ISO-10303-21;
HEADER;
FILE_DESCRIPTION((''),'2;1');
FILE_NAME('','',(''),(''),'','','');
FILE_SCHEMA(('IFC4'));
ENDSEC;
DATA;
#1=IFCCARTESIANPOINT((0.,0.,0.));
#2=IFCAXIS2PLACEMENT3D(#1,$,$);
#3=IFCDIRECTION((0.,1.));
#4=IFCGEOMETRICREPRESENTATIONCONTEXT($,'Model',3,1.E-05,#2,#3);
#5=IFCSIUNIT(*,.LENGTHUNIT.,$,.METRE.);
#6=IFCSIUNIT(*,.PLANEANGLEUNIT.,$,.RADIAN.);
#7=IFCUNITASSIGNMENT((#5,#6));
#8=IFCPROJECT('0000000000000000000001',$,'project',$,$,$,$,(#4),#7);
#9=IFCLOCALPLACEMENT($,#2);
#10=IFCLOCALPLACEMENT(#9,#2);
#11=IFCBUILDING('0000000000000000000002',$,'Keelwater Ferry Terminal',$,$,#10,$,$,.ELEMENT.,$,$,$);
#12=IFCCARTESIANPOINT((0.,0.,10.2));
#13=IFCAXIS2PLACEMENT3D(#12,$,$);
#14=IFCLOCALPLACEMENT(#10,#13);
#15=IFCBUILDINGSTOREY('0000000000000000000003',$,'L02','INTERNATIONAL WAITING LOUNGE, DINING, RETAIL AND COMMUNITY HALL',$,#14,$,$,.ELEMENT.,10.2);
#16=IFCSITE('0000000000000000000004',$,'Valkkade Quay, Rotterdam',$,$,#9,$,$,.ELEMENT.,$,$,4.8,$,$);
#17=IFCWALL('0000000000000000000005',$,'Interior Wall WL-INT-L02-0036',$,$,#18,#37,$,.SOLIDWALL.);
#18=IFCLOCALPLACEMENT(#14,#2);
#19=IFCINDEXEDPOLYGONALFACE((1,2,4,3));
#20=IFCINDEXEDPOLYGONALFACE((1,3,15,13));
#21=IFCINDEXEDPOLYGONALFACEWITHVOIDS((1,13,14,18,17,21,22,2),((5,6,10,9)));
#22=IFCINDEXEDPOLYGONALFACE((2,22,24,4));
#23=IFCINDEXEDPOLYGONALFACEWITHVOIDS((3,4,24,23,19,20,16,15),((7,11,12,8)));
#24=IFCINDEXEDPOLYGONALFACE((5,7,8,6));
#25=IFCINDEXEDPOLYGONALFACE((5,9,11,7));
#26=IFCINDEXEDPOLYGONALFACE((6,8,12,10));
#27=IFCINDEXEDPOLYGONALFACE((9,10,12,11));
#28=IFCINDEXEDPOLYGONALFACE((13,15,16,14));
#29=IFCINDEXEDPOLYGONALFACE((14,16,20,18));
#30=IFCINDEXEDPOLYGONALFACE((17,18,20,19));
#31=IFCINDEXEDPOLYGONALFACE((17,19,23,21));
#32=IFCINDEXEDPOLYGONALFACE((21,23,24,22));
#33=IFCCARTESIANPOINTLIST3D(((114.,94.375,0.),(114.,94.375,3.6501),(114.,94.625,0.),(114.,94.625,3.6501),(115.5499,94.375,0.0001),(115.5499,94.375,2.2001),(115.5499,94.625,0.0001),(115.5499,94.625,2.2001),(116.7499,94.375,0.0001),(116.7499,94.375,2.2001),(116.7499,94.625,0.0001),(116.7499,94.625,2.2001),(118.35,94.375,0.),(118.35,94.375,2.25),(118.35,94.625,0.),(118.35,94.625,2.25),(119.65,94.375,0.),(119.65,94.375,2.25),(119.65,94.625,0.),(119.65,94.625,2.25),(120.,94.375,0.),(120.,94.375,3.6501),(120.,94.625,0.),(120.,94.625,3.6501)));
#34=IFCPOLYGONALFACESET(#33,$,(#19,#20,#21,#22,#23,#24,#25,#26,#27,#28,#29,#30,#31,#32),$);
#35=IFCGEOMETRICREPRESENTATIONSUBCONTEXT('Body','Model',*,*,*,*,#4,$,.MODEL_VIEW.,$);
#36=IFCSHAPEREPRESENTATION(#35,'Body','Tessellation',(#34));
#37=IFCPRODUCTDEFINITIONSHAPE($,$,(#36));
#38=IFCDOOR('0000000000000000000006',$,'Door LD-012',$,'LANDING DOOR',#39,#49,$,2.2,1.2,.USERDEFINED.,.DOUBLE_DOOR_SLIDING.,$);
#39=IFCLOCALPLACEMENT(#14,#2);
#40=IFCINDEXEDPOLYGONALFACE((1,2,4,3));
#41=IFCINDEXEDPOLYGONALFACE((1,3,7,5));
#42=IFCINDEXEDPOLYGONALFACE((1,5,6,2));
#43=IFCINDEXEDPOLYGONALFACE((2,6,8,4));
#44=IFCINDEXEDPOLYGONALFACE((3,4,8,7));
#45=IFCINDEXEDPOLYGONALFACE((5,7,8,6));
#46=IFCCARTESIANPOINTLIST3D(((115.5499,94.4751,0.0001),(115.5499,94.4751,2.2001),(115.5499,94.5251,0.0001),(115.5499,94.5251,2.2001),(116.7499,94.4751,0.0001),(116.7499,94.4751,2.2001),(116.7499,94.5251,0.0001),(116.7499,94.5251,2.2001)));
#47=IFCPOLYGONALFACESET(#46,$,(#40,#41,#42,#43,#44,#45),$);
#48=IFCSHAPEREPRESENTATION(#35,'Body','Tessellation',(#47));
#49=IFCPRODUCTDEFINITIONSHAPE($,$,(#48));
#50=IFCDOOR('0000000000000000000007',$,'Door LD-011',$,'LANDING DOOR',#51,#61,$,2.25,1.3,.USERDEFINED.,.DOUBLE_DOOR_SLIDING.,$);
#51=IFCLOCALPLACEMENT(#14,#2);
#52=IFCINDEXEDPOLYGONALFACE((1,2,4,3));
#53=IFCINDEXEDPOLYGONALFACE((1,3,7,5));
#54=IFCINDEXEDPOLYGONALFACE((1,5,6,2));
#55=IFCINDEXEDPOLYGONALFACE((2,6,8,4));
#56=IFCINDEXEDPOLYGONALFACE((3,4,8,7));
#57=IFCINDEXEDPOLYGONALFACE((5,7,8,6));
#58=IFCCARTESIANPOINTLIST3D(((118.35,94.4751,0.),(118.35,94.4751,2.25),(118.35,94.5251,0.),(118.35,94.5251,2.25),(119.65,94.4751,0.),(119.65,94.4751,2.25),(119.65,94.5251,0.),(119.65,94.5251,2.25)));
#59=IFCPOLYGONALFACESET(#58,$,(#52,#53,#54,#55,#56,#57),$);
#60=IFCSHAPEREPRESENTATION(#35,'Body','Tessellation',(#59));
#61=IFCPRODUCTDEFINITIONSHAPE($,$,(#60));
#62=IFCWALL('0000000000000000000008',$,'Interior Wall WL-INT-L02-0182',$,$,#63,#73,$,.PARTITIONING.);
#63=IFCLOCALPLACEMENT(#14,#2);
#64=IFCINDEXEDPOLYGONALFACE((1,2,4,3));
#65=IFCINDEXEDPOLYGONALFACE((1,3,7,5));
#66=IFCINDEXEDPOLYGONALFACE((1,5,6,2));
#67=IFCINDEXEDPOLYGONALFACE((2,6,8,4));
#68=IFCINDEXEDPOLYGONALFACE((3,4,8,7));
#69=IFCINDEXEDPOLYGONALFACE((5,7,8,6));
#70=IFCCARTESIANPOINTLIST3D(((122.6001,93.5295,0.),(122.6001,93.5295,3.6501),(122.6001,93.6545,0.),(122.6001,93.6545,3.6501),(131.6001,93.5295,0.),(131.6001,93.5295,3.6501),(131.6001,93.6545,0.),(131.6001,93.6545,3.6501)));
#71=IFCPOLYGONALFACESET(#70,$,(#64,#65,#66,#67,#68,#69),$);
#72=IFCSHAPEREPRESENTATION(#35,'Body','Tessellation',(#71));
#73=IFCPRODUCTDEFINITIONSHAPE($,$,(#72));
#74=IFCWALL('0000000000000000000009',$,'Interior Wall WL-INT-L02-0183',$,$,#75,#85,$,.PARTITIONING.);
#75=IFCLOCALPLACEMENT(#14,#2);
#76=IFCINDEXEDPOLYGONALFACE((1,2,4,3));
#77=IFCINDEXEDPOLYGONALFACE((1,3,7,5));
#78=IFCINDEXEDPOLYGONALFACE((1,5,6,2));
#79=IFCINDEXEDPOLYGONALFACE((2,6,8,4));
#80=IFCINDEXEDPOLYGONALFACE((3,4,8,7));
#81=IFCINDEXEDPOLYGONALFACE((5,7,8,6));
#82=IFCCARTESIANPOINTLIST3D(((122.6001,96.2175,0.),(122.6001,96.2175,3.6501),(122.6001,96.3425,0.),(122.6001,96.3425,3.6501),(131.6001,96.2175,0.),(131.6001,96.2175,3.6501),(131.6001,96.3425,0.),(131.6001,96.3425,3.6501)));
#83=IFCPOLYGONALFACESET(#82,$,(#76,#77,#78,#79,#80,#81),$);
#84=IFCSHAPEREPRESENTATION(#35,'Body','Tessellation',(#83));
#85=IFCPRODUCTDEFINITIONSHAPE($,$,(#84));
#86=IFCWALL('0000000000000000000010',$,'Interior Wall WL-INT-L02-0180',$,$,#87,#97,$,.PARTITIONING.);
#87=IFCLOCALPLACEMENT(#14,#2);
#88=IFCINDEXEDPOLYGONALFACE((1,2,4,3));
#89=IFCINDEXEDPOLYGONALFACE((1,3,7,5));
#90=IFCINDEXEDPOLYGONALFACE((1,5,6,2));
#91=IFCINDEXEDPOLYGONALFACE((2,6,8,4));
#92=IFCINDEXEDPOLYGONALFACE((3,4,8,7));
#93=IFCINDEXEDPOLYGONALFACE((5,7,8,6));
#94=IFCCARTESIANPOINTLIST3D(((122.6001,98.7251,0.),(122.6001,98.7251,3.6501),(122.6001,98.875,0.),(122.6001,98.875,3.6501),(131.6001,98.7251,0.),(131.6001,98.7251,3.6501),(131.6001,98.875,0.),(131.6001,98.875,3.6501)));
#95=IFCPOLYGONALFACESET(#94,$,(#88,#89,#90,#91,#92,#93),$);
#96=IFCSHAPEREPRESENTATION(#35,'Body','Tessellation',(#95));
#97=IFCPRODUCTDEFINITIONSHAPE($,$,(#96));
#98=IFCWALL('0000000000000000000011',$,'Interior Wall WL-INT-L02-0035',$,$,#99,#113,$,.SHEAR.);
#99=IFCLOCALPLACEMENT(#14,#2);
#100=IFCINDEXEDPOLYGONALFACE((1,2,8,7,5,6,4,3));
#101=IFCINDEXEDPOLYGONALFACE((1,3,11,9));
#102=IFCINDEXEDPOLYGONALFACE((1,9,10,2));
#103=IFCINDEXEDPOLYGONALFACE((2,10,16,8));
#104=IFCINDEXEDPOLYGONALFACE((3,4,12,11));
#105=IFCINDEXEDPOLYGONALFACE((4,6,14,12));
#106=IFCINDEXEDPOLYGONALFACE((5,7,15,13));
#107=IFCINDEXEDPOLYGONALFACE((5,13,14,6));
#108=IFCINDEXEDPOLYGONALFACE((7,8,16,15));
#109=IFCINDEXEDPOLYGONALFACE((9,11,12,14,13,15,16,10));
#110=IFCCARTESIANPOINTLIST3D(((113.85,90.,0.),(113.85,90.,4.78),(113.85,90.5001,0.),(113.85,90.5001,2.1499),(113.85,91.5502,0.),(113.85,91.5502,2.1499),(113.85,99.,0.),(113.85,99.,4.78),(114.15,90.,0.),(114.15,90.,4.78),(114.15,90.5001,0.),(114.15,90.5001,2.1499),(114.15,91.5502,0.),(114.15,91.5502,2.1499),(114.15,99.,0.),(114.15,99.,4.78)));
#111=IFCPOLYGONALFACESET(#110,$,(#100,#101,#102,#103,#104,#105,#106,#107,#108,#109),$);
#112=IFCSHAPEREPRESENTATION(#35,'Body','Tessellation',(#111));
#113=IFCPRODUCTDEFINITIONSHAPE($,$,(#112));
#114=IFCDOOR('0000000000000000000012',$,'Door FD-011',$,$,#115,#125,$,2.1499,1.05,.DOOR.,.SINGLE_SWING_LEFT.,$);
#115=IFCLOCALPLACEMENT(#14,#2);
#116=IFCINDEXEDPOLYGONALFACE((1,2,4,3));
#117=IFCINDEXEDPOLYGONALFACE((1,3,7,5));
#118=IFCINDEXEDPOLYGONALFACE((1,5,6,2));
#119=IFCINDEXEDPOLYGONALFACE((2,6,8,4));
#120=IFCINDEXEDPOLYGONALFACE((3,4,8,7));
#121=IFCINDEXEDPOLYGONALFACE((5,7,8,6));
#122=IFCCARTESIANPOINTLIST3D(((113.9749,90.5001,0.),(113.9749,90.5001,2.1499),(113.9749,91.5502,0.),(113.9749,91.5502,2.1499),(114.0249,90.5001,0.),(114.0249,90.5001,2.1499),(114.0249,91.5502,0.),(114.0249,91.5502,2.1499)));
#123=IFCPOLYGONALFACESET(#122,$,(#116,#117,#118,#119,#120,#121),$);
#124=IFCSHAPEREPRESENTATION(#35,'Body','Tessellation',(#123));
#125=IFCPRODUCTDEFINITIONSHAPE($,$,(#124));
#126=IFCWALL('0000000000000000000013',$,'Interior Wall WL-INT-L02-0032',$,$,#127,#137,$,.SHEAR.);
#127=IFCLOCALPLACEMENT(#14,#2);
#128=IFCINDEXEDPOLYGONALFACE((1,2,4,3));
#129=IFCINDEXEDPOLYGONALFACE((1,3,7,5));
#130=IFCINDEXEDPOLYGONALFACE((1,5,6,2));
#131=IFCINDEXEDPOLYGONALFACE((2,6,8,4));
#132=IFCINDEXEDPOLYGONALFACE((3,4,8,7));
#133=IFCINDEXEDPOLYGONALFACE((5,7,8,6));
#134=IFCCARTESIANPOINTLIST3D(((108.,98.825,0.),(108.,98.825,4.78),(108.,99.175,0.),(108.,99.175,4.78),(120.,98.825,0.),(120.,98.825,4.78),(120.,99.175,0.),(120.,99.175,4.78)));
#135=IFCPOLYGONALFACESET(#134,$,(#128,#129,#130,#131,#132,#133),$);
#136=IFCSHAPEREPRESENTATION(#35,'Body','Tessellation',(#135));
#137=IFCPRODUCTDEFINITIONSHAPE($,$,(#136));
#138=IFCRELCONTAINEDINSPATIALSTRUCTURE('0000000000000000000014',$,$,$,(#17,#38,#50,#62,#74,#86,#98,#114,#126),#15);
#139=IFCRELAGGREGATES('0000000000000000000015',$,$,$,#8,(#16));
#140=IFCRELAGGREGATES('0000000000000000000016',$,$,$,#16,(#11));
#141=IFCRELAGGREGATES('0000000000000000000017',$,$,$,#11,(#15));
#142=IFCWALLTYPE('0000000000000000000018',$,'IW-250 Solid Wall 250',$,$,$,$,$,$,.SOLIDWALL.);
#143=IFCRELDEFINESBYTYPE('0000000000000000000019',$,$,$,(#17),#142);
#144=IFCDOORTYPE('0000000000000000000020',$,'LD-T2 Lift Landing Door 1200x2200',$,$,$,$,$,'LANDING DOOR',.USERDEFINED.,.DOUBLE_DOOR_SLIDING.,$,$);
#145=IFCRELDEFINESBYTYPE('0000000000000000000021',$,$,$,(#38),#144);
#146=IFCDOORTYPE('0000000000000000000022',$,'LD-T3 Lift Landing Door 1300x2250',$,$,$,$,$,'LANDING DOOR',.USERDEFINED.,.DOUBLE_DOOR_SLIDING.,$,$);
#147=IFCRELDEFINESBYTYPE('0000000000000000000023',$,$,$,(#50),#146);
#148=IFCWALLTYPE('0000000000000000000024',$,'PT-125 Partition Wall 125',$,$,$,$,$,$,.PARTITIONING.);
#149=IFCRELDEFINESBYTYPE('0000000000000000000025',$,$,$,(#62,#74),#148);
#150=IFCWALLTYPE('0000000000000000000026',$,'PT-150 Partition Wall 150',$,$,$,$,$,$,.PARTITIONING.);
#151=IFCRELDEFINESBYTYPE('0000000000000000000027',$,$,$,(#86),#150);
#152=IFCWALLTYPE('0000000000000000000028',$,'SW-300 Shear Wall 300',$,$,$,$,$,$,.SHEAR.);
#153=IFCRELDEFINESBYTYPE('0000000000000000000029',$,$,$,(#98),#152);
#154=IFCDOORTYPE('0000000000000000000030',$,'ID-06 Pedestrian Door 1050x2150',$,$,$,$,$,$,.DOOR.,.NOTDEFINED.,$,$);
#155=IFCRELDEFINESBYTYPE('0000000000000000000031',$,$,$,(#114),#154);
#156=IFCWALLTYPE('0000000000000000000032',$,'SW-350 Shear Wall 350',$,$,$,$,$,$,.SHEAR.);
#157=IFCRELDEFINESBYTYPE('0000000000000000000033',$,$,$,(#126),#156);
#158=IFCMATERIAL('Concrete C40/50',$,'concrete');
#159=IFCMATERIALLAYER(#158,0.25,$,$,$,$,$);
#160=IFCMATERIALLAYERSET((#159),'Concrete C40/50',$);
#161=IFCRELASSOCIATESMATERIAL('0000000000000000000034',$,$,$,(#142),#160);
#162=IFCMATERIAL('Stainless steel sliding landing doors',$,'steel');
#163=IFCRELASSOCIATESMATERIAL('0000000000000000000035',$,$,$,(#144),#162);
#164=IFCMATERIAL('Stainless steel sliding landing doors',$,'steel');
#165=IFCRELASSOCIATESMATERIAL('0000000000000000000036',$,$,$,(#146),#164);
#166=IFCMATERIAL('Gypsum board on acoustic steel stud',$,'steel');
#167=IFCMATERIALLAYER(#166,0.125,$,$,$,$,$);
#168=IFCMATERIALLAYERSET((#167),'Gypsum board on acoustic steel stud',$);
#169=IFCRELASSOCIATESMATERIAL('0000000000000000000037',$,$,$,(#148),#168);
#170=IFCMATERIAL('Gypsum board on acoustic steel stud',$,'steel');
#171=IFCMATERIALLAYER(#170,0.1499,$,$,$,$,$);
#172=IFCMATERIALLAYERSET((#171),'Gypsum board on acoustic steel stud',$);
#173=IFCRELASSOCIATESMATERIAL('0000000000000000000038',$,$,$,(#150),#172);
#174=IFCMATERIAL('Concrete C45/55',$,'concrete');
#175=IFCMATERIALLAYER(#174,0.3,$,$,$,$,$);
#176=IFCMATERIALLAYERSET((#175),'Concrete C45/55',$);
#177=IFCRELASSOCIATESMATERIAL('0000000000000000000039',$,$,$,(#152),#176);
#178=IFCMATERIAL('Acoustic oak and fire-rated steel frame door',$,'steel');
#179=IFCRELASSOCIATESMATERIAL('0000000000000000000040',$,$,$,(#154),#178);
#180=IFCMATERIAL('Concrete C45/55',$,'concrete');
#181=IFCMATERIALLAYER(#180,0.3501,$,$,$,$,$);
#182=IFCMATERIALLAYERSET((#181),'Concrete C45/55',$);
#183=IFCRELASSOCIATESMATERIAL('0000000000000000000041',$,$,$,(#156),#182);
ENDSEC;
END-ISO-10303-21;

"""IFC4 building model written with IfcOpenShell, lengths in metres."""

from ifc_helpers import new_model, si_unit, direction, frame, frame_2d, origin, place, context, subcontext, project, spatial, rectangle, extrude, material, layer, layer_set, type_object, element, fill, save


model = new_model("IFC4")

# Units and contexts
model_context = context("Model", 3, precision=1e-05, world=origin(), true_north=direction((0.0, 1.0)))
body_context = subcontext(model_context, "Body", "Model", "MODEL_VIEW")
ifc_project = project(units=[si_unit("LENGTHUNIT", "METRE"), si_unit("PLANEANGLEUNIT", "RADIAN")], contexts=[model_context])

# Site, building, storey
site_placement = place(None, origin())
site = spatial("IfcSite", under=ifc_project, at=site_placement, Name="Valkkade Quay, Rotterdam", CompositionType="ELEMENT", RefElevation=4.8)
building_placement = place(site_placement, origin())
building = spatial("IfcBuilding", under=site, at=building_placement, Name="Keelwater Ferry Terminal", CompositionType="ELEMENT")
storey_placement = place(building_placement, frame((0.0, 0.0, 10.2)))
storey = spatial("IfcBuildingStorey", under=building, at=storey_placement, Name="L02", Description="INTERNATIONAL WAITING LOUNGE, DINING, RETAIL AND COMMUNITY HALL", CompositionType="ELEMENT", Elevation=10.2)

# Wall, openings, doors
ifc_material_1 = material(Name="Concrete C40/50", Category="concrete")
ifc_layer_1 = layer(ifc_material_1, 0.25)
ifc_layer_set_1 = layer_set([ifc_layer_1], Name="Concrete C40/50")
wall_type_1 = type_object("IfcWallType", Name="IW-250 Solid Wall 250", PredefinedType="SOLIDWALL", material=ifc_layer_set_1)
wall_1_placement = place(storey_placement, frame((120.0, 94.5, 0.0), z_axis=(0.0, 0.0, 1.0), x_axis=(-1.0, 0.0, 0.0)))
wall_1 = element("IfcWall", 1, at=wall_1_placement, inside=storey, type_object=wall_type_1, Name="Interior Wall WL-INT-L02-0036", PredefinedType="SOLIDWALL", context=body_context, shape_type="SweptSolid", body=[
    extrude(rectangle(XDim=6.0, YDim=0.25, at=frame_2d((3.0, 0.0))), origin(), (0.0, 0.0, 1.0), 3.6501),
])
opening_1_placement = place(wall_1_placement, frame((0.3501, 0.0, 0.0)))
opening_1 = element("IfcOpeningElement", 2, at=opening_1_placement, cuts=wall_1, PredefinedType="OPENING", context=body_context, shape_type="SweptSolid", body=[
    extrude(rectangle(XDim=1.3, YDim=2.25, at=frame_2d((0.6499, 1.125))), frame((0.0, 0.135, 0.0), z_axis=(0.0, -1.0, 0.0), x_axis=(1.0, 0.0, 0.0)), (0.0, 0.0, 1.0), 0.27),
])
opening_2_placement = place(wall_1_placement, frame((3.25, 0.0, 0.0)))
opening_2 = element("IfcOpeningElement", 3, at=opening_2_placement, cuts=wall_1, PredefinedType="OPENING", context=body_context, shape_type="SweptSolid", body=[
    extrude(rectangle(XDim=1.2, YDim=2.2, at=frame_2d((0.6001, 1.1001))), frame((0.0, 0.135, 0.0), z_axis=(0.0, -1.0, 0.0), x_axis=(1.0, 0.0, 0.0)), (0.0, 0.0, 1.0), 0.27),
])
ifc_material_2 = material(Name="Stainless steel sliding landing doors", Category="steel")
door_type_1 = type_object("IfcDoorType", Name="LD-T2 Lift Landing Door 1200x2200", ElementType="LANDING DOOR", OperationType="DOUBLE_DOOR_SLIDING", PredefinedType="USERDEFINED", material=ifc_material_2)
door_1_placement = place(opening_2_placement, origin())
door_1 = element("IfcDoor", 4, at=door_1_placement, inside=storey, type_object=door_type_1, Name="Door LD-012", ObjectType="LANDING DOOR", OperationType="DOUBLE_DOOR_SLIDING", OverallHeight=2.2, OverallWidth=1.2, PredefinedType="USERDEFINED", context=body_context, shape_type="SweptSolid", body=[
    extrude(rectangle(XDim=1.2, YDim=2.2, at=frame_2d((0.6001, 1.1001))), frame((0.0, 0.0249, 0.0), z_axis=(0.0, -1.0, 0.0), x_axis=(1.0, 0.0, 0.0)), (0.0, 0.0, 1.0), 0.05),
])
fill(opening_2, door_1)
ifc_material_3 = material(Name="Stainless steel sliding landing doors", Category="steel")
door_type_2 = type_object("IfcDoorType", Name="LD-T3 Lift Landing Door 1300x2250", ElementType="LANDING DOOR", OperationType="DOUBLE_DOOR_SLIDING", PredefinedType="USERDEFINED", material=ifc_material_3)
door_2_placement = place(opening_1_placement, origin())
door_2 = element("IfcDoor", 5, at=door_2_placement, inside=storey, type_object=door_type_2, Name="Door LD-011", ObjectType="LANDING DOOR", OperationType="DOUBLE_DOOR_SLIDING", OverallHeight=2.25, OverallWidth=1.3, PredefinedType="USERDEFINED", context=body_context, shape_type="SweptSolid", body=[
    extrude(rectangle(XDim=1.3, YDim=2.25, at=frame_2d((0.6499, 1.125))), frame((0.0, 0.0249, 0.0), z_axis=(0.0, -1.0, 0.0), x_axis=(1.0, 0.0, 0.0)), (0.0, 0.0, 1.0), 0.05),
])
fill(opening_1, door_2)

# Walls
ifc_material_4 = material(Name="Gypsum board on acoustic steel stud", Category="steel")
ifc_layer_2 = layer(ifc_material_4, 0.125)
ifc_layer_set_2 = layer_set([ifc_layer_2], Name="Gypsum board on acoustic steel stud")
wall_type_2 = type_object("IfcWallType", Name="PT-125 Partition Wall 125", PredefinedType="PARTITIONING", material=ifc_layer_set_2)
for number, where, z_axis, x_axis, name in (
    (6, (122.6001, 93.592, 0.0), (0.0, 0.0, 1.0), (1.0, 0.0, 0.0), "Interior Wall WL-INT-L02-0182"),
    (7, (122.6001, 96.28, 0.0), (0.0, 0.0, 1.0), (1.0, 0.0, 0.0), "Interior Wall WL-INT-L02-0183"),
):
    element("IfcWall", number, at=place(storey_placement, frame(where, z_axis=z_axis, x_axis=x_axis)), inside=storey, type_object=wall_type_2, Name=name, PredefinedType="PARTITIONING", context=body_context, shape_type="SweptSolid", body=[
        extrude(rectangle(XDim=9.0, YDim=0.125, at=frame_2d((4.5, 0.0))), origin(), (0.0, 0.0, 1.0), 3.6501),
    ])
ifc_material_5 = material(Name="Gypsum board on acoustic steel stud", Category="steel")
ifc_layer_3 = layer(ifc_material_5, 0.1499)
ifc_layer_set_3 = layer_set([ifc_layer_3], Name="Gypsum board on acoustic steel stud")
wall_type_3 = type_object("IfcWallType", Name="PT-150 Partition Wall 150", PredefinedType="PARTITIONING", material=ifc_layer_set_3)
wall_2_placement = place(storey_placement, frame((122.6001, 98.8, 0.0), z_axis=(0.0, 0.0, 1.0), x_axis=(1.0, 0.0, 0.0)))
element("IfcWall", 8, at=wall_2_placement, inside=storey, type_object=wall_type_3, Name="Interior Wall WL-INT-L02-0180", PredefinedType="PARTITIONING", context=body_context, shape_type="SweptSolid", body=[
    extrude(rectangle(XDim=9.0, YDim=0.1499, at=frame_2d((4.5, 0.0))), origin(), (0.0, 0.0, 1.0), 3.6501),
])

# Wall, opening, door
ifc_material_6 = material(Name="Concrete C45/55", Category="concrete")
ifc_layer_4 = layer(ifc_material_6, 0.3)
ifc_layer_set_4 = layer_set([ifc_layer_4], Name="Concrete C45/55")
wall_type_4 = type_object("IfcWallType", Name="SW-300 Shear Wall 300", PredefinedType="SHEAR", material=ifc_layer_set_4)
wall_3_placement = place(storey_placement, frame((114.0, 99.0, 0.0), z_axis=(0.0, 0.0, 1.0), x_axis=(0.0, -1.0, 0.0)))
wall_3 = element("IfcWall", 9, at=wall_3_placement, inside=storey, type_object=wall_type_4, Name="Interior Wall WL-INT-L02-0035", PredefinedType="SHEAR", context=body_context, shape_type="SweptSolid", body=[
    extrude(rectangle(XDim=9.0, YDim=0.3, at=frame_2d((4.5, 0.0))), origin(), (0.0, 0.0, 1.0), 4.78),
])
opening_3_placement = place(wall_3_placement, frame((7.45, 0.0, 0.0)))
opening_3 = element("IfcOpeningElement", 10, at=opening_3_placement, cuts=wall_3, PredefinedType="OPENING", context=body_context, shape_type="SweptSolid", body=[
    extrude(rectangle(XDim=1.05, YDim=2.1499, at=frame_2d((0.5249, 1.075))), frame((0.0, 0.1599, 0.0), z_axis=(0.0, -1.0, 0.0), x_axis=(1.0, 0.0, 0.0)), (0.0, 0.0, 1.0), 0.3201),
])
ifc_material_7 = material(Name="Acoustic oak and fire-rated steel frame door", Category="steel")
door_type_3 = type_object("IfcDoorType", Name="ID-06 Pedestrian Door 1050x2150", OperationType="NOTDEFINED", PredefinedType="DOOR", material=ifc_material_7)
door_3_placement = place(opening_3_placement, origin())
door_3 = element("IfcDoor", 11, at=door_3_placement, inside=storey, type_object=door_type_3, Name="Door FD-011", OperationType="SINGLE_SWING_LEFT", OverallHeight=2.1499, OverallWidth=1.05, PredefinedType="DOOR", context=body_context, shape_type="SweptSolid", body=[
    extrude(rectangle(XDim=1.05, YDim=2.1499, at=frame_2d((0.5249, 1.075))), frame((0.0, 0.0249, 0.0), z_axis=(0.0, -1.0, 0.0), x_axis=(1.0, 0.0, 0.0)), (0.0, 0.0, 1.0), 0.05),
])
fill(opening_3, door_3)

# Wall
ifc_material_8 = material(Name="Concrete C45/55", Category="concrete")
ifc_layer_5 = layer(ifc_material_8, 0.3501)
ifc_layer_set_5 = layer_set([ifc_layer_5], Name="Concrete C45/55")
wall_type_5 = type_object("IfcWallType", Name="SW-350 Shear Wall 350", PredefinedType="SHEAR", material=ifc_layer_set_5)
wall_4_placement = place(storey_placement, frame((108.0, 99.0, 0.0), z_axis=(0.0, 0.0, 1.0), x_axis=(1.0, 0.0, 0.0)))
element("IfcWall", 12, at=wall_4_placement, inside=storey, type_object=wall_type_5, Name="Interior Wall WL-INT-L02-0032", PredefinedType="SHEAR", context=body_context, shape_type="SweptSolid", body=[
    extrude(rectangle(XDim=12.0, YDim=0.3501, at=frame_2d((6.0, 0.0))), origin(), (0.0, 0.0, 1.0), 4.78),
])

save(model, "model.ifc")
